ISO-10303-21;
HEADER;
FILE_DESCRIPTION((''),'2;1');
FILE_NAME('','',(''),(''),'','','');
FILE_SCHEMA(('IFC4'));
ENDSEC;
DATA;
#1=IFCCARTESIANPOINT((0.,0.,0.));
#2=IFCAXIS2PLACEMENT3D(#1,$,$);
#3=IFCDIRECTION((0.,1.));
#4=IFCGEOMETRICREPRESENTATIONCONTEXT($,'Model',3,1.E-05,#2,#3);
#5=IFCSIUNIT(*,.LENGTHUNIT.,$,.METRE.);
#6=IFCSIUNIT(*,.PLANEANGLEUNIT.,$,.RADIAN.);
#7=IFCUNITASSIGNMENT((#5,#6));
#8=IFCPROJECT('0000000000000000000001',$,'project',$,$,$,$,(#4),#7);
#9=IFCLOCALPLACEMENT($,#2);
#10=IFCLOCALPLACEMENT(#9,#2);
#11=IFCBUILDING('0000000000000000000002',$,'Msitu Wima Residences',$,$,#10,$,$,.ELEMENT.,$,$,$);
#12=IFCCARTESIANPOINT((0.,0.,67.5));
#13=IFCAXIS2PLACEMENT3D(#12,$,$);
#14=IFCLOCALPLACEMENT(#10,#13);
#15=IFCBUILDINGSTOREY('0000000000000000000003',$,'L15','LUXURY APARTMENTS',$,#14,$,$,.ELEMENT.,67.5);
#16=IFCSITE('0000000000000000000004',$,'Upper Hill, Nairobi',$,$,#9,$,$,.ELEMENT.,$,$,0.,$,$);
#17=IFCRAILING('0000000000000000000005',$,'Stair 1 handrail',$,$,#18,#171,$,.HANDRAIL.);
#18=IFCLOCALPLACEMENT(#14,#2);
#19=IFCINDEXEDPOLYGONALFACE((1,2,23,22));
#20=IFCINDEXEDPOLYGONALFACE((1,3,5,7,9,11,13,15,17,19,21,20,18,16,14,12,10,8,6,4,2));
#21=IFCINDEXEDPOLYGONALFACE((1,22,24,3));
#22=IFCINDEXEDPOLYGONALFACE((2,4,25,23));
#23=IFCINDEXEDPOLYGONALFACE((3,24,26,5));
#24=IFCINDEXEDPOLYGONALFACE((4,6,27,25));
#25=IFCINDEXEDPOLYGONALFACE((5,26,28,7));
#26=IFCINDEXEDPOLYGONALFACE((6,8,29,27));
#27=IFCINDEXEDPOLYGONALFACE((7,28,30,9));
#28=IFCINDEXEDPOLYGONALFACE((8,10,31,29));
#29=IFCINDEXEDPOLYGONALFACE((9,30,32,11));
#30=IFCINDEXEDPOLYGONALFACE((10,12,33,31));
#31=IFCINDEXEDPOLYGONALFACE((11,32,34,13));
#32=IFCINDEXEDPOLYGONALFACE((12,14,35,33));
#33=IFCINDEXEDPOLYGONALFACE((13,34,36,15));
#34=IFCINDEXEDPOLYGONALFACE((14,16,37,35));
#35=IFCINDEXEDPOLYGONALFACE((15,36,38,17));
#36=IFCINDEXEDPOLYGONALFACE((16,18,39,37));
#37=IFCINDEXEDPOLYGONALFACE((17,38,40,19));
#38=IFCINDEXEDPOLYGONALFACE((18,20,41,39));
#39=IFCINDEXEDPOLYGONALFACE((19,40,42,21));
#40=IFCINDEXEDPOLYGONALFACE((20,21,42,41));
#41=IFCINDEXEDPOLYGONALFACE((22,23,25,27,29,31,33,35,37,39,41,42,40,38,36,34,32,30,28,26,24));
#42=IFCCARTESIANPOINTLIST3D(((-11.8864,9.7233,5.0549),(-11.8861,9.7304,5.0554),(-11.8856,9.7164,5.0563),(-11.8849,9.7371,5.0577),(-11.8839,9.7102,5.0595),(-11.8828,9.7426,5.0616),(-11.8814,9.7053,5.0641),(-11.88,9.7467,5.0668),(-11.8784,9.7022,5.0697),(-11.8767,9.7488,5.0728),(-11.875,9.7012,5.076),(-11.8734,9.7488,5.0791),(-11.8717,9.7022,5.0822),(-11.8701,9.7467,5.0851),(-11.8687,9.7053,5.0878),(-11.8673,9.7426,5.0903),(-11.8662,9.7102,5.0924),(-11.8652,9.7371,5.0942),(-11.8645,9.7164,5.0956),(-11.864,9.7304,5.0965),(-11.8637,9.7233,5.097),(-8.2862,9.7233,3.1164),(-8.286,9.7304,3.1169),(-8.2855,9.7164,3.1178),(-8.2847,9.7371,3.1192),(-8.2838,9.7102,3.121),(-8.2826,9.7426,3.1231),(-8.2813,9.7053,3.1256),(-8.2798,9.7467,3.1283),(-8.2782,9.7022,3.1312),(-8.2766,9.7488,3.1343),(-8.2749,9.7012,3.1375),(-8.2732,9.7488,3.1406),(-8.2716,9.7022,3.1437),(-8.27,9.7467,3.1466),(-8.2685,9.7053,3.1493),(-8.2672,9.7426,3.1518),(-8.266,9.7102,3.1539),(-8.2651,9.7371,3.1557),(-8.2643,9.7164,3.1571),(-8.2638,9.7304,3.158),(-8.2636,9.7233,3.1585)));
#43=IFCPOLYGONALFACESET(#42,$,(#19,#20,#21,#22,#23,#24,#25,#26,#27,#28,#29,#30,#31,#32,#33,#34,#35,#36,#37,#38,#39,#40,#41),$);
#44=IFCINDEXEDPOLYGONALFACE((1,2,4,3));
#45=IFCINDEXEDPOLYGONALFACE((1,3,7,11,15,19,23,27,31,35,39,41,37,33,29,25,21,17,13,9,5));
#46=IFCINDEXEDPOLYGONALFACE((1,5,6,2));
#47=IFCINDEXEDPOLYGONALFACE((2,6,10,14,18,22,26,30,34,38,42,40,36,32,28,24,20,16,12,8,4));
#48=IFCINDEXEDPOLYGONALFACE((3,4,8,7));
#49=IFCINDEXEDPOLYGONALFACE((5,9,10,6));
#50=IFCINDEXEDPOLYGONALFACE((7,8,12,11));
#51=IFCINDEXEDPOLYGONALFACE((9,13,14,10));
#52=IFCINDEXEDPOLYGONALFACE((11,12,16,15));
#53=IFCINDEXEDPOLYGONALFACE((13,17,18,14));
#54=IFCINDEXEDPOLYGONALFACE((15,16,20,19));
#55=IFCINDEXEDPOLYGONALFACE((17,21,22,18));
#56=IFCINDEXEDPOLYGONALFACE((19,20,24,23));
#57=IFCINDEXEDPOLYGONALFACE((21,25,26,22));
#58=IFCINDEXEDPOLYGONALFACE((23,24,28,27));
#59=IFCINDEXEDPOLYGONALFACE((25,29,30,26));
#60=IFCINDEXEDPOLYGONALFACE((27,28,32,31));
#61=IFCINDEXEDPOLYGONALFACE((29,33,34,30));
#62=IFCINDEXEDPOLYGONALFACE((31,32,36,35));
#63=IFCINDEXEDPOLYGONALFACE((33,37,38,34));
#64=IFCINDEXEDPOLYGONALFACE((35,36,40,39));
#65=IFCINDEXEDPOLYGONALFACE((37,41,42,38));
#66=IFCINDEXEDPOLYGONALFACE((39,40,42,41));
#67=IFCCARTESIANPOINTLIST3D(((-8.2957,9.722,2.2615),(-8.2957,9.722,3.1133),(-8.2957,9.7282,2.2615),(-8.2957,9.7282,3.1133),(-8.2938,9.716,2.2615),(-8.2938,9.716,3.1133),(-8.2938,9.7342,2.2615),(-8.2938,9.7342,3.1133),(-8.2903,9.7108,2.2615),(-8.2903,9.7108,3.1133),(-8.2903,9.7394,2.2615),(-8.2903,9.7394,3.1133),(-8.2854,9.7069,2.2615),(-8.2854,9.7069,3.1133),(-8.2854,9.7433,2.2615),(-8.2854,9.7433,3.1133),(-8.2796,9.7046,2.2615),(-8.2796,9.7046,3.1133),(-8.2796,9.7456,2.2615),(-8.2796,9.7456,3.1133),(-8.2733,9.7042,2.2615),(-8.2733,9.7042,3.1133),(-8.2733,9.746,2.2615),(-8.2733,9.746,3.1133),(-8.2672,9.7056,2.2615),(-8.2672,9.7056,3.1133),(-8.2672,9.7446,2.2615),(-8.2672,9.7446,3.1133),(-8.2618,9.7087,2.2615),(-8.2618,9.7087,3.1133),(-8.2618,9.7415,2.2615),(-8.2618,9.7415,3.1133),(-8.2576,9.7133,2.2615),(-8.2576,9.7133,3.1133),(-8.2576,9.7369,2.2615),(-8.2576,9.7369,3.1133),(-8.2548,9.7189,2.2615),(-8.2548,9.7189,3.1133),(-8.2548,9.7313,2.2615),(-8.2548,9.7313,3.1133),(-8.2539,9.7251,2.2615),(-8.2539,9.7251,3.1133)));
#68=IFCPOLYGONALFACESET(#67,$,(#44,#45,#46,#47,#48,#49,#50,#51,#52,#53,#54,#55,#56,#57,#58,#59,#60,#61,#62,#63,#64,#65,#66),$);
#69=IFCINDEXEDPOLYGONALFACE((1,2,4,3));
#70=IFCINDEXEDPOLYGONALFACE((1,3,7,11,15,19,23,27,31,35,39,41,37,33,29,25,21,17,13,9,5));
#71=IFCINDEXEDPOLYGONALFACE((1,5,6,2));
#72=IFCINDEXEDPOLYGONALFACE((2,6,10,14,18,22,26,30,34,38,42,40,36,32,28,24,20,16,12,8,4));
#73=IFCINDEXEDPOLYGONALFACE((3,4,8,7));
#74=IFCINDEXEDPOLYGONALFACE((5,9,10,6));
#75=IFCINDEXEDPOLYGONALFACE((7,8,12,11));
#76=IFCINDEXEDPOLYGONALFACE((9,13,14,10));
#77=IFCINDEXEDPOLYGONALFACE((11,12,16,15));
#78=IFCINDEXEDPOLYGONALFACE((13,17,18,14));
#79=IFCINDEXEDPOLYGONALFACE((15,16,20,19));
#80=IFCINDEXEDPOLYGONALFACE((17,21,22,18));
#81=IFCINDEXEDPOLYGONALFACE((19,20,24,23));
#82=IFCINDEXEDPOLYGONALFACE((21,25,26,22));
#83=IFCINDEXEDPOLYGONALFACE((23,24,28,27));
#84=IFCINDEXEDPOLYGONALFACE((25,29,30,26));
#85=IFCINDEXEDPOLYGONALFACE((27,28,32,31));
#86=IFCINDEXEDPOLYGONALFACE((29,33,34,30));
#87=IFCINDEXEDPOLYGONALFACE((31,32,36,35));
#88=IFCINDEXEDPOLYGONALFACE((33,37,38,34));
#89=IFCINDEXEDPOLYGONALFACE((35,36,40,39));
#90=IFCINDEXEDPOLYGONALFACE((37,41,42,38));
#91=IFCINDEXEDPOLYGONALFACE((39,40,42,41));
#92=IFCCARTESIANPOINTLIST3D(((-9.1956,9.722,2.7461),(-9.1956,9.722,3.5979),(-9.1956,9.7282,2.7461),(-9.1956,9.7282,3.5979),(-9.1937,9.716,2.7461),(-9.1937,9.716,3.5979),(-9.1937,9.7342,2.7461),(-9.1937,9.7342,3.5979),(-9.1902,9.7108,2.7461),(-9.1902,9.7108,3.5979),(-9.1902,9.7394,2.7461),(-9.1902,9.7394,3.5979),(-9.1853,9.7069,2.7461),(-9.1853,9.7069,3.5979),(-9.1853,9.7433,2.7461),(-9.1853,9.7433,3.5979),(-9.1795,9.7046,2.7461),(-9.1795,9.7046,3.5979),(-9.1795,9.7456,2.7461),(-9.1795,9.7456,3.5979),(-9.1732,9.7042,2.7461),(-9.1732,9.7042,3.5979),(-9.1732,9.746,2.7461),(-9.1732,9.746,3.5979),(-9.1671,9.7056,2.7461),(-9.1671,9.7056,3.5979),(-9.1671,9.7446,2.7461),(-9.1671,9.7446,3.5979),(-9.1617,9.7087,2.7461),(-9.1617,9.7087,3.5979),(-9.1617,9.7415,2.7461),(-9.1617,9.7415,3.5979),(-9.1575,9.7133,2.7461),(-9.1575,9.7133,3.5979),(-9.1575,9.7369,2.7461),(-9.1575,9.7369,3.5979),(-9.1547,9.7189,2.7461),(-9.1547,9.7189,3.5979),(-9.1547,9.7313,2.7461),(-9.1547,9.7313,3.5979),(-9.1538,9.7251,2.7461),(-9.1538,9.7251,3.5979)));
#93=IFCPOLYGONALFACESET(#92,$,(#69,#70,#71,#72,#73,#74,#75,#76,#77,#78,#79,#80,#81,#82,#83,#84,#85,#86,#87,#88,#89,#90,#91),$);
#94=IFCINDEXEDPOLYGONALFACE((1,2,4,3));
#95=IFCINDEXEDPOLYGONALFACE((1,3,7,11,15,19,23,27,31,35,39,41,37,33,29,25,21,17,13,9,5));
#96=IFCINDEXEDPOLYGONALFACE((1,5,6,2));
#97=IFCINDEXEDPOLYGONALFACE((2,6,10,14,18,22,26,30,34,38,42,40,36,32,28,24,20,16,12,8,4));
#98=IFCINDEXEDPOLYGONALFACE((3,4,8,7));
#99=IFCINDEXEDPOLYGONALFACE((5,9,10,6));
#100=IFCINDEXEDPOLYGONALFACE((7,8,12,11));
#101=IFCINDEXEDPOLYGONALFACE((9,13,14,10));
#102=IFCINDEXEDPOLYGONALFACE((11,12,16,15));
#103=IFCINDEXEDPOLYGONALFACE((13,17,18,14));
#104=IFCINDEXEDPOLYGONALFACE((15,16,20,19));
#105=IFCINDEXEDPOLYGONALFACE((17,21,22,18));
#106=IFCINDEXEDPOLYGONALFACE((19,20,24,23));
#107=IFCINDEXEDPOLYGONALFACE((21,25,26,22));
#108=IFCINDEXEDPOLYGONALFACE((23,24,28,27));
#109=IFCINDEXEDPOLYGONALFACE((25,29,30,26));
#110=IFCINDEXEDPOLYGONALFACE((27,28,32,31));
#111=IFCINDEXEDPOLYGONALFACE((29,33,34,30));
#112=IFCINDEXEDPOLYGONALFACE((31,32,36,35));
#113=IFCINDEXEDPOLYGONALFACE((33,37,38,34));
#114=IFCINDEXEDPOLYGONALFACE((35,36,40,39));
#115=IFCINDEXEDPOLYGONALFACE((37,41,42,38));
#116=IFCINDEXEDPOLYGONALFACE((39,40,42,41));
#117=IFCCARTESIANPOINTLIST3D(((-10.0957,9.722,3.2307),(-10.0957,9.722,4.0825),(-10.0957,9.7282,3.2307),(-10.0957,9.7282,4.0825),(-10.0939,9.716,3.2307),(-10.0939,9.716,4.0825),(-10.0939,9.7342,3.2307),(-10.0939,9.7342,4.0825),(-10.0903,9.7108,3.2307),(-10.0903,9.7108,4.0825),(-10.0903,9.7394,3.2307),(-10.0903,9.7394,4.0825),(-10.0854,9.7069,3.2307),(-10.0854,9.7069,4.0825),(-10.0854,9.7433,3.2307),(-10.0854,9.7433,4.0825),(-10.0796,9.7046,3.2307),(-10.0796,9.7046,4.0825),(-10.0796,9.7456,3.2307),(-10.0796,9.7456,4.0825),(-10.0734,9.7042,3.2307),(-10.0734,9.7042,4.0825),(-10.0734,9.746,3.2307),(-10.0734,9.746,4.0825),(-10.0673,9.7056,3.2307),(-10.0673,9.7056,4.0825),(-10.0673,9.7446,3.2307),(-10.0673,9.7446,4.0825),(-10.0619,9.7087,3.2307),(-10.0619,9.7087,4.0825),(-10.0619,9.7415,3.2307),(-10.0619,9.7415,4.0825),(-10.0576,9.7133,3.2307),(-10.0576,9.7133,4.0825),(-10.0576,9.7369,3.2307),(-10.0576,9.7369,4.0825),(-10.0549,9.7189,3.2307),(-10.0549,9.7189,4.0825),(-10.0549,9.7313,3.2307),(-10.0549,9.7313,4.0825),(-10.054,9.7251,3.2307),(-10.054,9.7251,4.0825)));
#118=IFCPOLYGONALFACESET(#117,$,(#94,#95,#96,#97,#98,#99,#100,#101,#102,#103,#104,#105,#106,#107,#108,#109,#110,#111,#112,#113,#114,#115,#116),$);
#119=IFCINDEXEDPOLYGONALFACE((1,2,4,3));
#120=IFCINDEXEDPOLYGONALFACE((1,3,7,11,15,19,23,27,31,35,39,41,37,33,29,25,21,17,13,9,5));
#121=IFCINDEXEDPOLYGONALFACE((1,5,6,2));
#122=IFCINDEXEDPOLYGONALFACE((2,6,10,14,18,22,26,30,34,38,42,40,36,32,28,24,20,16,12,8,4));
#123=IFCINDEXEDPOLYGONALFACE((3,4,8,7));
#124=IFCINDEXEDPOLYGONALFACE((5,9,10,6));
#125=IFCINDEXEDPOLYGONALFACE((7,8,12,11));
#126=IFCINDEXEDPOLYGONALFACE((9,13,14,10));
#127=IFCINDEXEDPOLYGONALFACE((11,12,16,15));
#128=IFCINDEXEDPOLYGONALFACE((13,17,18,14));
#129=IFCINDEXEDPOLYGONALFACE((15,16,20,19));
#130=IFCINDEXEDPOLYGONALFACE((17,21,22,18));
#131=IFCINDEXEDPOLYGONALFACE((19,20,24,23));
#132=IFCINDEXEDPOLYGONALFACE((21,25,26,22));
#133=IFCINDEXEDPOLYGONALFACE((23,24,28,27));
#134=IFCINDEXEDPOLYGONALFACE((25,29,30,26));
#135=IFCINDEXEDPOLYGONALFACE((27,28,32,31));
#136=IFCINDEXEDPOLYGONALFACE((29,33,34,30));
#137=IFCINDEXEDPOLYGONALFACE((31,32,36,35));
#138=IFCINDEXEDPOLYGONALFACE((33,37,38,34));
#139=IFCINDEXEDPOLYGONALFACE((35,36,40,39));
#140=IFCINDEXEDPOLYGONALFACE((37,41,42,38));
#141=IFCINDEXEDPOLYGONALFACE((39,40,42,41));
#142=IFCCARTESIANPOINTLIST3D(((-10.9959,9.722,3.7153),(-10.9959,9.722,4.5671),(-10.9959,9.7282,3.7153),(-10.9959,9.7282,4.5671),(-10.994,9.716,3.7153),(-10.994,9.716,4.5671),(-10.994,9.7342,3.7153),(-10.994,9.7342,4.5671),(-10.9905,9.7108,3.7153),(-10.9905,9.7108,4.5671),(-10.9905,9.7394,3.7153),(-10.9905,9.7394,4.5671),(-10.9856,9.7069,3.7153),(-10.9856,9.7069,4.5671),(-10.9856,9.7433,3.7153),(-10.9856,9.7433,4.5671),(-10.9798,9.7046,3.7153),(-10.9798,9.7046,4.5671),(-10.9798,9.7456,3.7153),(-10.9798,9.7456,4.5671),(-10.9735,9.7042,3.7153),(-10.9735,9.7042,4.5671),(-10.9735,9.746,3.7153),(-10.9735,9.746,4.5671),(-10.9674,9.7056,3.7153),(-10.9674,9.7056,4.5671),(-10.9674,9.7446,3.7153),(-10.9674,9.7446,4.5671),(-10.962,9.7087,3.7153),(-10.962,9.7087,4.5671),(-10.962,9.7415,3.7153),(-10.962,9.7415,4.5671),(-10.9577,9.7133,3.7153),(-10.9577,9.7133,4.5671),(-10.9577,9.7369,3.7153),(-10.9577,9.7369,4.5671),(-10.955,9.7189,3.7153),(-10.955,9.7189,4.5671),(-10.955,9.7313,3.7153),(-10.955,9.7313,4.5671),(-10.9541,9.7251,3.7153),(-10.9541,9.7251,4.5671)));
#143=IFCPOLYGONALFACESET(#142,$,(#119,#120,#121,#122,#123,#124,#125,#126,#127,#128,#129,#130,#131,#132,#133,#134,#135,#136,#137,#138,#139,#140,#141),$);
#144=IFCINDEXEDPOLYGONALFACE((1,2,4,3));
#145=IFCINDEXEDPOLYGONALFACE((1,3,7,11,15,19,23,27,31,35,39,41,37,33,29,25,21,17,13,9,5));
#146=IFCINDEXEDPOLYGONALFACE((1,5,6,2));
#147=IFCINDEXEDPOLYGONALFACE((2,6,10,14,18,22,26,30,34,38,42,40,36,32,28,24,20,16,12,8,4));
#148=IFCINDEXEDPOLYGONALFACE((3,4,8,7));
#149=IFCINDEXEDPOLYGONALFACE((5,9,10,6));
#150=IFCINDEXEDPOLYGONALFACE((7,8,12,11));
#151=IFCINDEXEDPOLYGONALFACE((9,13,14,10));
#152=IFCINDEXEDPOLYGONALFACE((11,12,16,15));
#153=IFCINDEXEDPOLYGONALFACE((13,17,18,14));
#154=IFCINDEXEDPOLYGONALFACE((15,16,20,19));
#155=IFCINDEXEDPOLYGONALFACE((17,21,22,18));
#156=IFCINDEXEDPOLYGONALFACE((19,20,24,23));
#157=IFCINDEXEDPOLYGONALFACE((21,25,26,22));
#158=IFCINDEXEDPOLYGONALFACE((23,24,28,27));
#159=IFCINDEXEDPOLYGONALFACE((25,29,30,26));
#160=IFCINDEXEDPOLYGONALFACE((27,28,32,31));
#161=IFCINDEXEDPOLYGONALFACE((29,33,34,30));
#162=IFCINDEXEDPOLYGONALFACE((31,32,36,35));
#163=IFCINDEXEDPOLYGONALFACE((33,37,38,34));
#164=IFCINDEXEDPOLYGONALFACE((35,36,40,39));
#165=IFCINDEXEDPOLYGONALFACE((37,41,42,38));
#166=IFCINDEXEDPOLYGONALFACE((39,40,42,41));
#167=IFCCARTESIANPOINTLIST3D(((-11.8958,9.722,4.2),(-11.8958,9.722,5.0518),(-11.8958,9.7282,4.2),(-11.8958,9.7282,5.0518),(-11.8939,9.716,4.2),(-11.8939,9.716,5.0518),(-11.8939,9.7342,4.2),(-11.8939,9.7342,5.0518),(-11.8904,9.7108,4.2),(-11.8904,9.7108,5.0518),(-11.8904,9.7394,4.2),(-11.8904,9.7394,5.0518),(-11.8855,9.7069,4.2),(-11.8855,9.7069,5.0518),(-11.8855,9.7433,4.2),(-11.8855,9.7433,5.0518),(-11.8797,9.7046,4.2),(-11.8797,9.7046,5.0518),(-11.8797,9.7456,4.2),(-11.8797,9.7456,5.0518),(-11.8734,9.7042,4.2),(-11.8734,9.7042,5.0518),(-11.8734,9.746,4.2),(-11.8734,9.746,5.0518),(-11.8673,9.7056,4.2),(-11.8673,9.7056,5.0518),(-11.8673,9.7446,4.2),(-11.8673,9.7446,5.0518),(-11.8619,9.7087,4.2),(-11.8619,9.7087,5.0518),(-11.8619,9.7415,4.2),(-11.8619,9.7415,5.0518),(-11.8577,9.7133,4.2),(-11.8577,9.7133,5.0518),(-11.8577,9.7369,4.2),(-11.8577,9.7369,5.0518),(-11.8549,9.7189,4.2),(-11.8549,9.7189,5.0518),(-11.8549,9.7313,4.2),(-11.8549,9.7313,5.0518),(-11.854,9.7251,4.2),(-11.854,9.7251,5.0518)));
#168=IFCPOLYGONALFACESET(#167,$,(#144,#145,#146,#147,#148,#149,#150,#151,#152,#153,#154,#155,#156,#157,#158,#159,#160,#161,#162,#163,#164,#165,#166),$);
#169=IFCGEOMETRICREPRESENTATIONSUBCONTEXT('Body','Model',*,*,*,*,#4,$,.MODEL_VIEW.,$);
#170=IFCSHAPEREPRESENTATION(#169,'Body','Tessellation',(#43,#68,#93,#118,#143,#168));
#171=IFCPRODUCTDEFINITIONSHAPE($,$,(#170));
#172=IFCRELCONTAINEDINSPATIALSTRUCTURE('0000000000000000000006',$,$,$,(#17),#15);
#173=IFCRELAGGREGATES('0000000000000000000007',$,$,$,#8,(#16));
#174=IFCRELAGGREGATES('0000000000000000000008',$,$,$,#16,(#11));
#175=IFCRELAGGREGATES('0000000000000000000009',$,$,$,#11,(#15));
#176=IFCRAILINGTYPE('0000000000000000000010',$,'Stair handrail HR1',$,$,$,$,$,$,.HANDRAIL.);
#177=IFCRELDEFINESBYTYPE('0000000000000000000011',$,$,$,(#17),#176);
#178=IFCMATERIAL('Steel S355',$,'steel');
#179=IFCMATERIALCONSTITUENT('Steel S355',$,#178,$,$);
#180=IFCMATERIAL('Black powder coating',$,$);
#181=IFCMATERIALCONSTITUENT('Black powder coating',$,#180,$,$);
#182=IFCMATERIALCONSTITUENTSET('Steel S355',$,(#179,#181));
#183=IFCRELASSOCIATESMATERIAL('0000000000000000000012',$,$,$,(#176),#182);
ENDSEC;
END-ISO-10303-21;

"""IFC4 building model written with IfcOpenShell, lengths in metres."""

from ifc_helpers import new_model, si_unit, direction, frame, origin, origin_2d, place, context, subcontext, project, spatial, circle, extrude, material, constituent, constituent_set, type_object, element, save


model = new_model("IFC4")

# Units and contexts
model_context = context("Model", 3, precision=1e-05, world=origin(), true_north=direction((0.0, 1.0)))
body_context = subcontext(model_context, "Body", "Model", "MODEL_VIEW")
ifc_project = project(units=[si_unit("LENGTHUNIT", "METRE"), si_unit("PLANEANGLEUNIT", "RADIAN")], contexts=[model_context])

# Site, building, storey
site_placement = place(None, origin())
site = spatial("IfcSite", under=ifc_project, at=site_placement, Name="Upper Hill, Nairobi", CompositionType="ELEMENT", RefElevation=0.0)
building_placement = place(site_placement, origin())
building = spatial("IfcBuilding", under=site, at=building_placement, Name="Msitu Wima Residences", CompositionType="ELEMENT")
storey_placement = place(building_placement, frame((0.0, 0.0, 67.5)))
storey = spatial("IfcBuildingStorey", under=building, at=storey_placement, Name="L15", Description="LUXURY APARTMENTS", CompositionType="ELEMENT", Elevation=67.5)

# Railing
ifc_material_1 = material(Name="Steel S355", Category="steel")
ifc_constituent_1 = constituent(ifc_material_1, Name="Steel S355")
ifc_material_2 = material(Name="Black powder coating")
ifc_constituent_2 = constituent(ifc_material_2, Name="Black powder coating")
ifc_constituent_set = constituent_set(constituents=[ifc_constituent_1, ifc_constituent_2], Name="Steel S355")
railing_type = type_object("IfcRailingType", Name="Stair handrail HR1", PredefinedType="HANDRAIL", material=ifc_constituent_set)
for number, where, name in (
    (1, (-8.2749, 9.7251, 2.2615), "Stair 1 handrail"),
):
    element("IfcRailing", number, at=place(storey_placement, frame(where)), inside=storey, type_object=railing_type, Name=name, PredefinedType="HANDRAIL", context=body_context, shape_type="SweptSolid", body=[
        extrude(circle(Radius=0.0239, at=origin_2d()), frame((0.0, 0.0, 0.876), z_axis=(-0.880475, 0.0, 0.474093), x_axis=(0.0, -1.0, 0.0)), (0.0, 0.0, 1.0), 4.0889),
        extrude(circle(Radius=0.021, at=origin_2d()), origin(), (0.0, 0.0, 1.0), 0.8518),
        extrude(circle(Radius=0.021, at=origin_2d()), frame((-0.8999, 0.0, 0.4846)), (0.0, 0.0, 1.0), 0.8518),
        extrude(circle(Radius=0.021, at=origin_2d()), frame((-1.8, 0.0, 0.9692)), (0.0, 0.0, 1.0), 0.8518),
        extrude(circle(Radius=0.021, at=origin_2d()), frame((-2.7002, 0.0, 1.4539)), (0.0, 0.0, 1.0), 0.8518),
        extrude(circle(Radius=0.021, at=origin_2d()), frame((-3.6001, 0.0, 1.9385)), (0.0, 0.0, 1.0), 0.8518),
    ])

save(model, "model.ifc")
